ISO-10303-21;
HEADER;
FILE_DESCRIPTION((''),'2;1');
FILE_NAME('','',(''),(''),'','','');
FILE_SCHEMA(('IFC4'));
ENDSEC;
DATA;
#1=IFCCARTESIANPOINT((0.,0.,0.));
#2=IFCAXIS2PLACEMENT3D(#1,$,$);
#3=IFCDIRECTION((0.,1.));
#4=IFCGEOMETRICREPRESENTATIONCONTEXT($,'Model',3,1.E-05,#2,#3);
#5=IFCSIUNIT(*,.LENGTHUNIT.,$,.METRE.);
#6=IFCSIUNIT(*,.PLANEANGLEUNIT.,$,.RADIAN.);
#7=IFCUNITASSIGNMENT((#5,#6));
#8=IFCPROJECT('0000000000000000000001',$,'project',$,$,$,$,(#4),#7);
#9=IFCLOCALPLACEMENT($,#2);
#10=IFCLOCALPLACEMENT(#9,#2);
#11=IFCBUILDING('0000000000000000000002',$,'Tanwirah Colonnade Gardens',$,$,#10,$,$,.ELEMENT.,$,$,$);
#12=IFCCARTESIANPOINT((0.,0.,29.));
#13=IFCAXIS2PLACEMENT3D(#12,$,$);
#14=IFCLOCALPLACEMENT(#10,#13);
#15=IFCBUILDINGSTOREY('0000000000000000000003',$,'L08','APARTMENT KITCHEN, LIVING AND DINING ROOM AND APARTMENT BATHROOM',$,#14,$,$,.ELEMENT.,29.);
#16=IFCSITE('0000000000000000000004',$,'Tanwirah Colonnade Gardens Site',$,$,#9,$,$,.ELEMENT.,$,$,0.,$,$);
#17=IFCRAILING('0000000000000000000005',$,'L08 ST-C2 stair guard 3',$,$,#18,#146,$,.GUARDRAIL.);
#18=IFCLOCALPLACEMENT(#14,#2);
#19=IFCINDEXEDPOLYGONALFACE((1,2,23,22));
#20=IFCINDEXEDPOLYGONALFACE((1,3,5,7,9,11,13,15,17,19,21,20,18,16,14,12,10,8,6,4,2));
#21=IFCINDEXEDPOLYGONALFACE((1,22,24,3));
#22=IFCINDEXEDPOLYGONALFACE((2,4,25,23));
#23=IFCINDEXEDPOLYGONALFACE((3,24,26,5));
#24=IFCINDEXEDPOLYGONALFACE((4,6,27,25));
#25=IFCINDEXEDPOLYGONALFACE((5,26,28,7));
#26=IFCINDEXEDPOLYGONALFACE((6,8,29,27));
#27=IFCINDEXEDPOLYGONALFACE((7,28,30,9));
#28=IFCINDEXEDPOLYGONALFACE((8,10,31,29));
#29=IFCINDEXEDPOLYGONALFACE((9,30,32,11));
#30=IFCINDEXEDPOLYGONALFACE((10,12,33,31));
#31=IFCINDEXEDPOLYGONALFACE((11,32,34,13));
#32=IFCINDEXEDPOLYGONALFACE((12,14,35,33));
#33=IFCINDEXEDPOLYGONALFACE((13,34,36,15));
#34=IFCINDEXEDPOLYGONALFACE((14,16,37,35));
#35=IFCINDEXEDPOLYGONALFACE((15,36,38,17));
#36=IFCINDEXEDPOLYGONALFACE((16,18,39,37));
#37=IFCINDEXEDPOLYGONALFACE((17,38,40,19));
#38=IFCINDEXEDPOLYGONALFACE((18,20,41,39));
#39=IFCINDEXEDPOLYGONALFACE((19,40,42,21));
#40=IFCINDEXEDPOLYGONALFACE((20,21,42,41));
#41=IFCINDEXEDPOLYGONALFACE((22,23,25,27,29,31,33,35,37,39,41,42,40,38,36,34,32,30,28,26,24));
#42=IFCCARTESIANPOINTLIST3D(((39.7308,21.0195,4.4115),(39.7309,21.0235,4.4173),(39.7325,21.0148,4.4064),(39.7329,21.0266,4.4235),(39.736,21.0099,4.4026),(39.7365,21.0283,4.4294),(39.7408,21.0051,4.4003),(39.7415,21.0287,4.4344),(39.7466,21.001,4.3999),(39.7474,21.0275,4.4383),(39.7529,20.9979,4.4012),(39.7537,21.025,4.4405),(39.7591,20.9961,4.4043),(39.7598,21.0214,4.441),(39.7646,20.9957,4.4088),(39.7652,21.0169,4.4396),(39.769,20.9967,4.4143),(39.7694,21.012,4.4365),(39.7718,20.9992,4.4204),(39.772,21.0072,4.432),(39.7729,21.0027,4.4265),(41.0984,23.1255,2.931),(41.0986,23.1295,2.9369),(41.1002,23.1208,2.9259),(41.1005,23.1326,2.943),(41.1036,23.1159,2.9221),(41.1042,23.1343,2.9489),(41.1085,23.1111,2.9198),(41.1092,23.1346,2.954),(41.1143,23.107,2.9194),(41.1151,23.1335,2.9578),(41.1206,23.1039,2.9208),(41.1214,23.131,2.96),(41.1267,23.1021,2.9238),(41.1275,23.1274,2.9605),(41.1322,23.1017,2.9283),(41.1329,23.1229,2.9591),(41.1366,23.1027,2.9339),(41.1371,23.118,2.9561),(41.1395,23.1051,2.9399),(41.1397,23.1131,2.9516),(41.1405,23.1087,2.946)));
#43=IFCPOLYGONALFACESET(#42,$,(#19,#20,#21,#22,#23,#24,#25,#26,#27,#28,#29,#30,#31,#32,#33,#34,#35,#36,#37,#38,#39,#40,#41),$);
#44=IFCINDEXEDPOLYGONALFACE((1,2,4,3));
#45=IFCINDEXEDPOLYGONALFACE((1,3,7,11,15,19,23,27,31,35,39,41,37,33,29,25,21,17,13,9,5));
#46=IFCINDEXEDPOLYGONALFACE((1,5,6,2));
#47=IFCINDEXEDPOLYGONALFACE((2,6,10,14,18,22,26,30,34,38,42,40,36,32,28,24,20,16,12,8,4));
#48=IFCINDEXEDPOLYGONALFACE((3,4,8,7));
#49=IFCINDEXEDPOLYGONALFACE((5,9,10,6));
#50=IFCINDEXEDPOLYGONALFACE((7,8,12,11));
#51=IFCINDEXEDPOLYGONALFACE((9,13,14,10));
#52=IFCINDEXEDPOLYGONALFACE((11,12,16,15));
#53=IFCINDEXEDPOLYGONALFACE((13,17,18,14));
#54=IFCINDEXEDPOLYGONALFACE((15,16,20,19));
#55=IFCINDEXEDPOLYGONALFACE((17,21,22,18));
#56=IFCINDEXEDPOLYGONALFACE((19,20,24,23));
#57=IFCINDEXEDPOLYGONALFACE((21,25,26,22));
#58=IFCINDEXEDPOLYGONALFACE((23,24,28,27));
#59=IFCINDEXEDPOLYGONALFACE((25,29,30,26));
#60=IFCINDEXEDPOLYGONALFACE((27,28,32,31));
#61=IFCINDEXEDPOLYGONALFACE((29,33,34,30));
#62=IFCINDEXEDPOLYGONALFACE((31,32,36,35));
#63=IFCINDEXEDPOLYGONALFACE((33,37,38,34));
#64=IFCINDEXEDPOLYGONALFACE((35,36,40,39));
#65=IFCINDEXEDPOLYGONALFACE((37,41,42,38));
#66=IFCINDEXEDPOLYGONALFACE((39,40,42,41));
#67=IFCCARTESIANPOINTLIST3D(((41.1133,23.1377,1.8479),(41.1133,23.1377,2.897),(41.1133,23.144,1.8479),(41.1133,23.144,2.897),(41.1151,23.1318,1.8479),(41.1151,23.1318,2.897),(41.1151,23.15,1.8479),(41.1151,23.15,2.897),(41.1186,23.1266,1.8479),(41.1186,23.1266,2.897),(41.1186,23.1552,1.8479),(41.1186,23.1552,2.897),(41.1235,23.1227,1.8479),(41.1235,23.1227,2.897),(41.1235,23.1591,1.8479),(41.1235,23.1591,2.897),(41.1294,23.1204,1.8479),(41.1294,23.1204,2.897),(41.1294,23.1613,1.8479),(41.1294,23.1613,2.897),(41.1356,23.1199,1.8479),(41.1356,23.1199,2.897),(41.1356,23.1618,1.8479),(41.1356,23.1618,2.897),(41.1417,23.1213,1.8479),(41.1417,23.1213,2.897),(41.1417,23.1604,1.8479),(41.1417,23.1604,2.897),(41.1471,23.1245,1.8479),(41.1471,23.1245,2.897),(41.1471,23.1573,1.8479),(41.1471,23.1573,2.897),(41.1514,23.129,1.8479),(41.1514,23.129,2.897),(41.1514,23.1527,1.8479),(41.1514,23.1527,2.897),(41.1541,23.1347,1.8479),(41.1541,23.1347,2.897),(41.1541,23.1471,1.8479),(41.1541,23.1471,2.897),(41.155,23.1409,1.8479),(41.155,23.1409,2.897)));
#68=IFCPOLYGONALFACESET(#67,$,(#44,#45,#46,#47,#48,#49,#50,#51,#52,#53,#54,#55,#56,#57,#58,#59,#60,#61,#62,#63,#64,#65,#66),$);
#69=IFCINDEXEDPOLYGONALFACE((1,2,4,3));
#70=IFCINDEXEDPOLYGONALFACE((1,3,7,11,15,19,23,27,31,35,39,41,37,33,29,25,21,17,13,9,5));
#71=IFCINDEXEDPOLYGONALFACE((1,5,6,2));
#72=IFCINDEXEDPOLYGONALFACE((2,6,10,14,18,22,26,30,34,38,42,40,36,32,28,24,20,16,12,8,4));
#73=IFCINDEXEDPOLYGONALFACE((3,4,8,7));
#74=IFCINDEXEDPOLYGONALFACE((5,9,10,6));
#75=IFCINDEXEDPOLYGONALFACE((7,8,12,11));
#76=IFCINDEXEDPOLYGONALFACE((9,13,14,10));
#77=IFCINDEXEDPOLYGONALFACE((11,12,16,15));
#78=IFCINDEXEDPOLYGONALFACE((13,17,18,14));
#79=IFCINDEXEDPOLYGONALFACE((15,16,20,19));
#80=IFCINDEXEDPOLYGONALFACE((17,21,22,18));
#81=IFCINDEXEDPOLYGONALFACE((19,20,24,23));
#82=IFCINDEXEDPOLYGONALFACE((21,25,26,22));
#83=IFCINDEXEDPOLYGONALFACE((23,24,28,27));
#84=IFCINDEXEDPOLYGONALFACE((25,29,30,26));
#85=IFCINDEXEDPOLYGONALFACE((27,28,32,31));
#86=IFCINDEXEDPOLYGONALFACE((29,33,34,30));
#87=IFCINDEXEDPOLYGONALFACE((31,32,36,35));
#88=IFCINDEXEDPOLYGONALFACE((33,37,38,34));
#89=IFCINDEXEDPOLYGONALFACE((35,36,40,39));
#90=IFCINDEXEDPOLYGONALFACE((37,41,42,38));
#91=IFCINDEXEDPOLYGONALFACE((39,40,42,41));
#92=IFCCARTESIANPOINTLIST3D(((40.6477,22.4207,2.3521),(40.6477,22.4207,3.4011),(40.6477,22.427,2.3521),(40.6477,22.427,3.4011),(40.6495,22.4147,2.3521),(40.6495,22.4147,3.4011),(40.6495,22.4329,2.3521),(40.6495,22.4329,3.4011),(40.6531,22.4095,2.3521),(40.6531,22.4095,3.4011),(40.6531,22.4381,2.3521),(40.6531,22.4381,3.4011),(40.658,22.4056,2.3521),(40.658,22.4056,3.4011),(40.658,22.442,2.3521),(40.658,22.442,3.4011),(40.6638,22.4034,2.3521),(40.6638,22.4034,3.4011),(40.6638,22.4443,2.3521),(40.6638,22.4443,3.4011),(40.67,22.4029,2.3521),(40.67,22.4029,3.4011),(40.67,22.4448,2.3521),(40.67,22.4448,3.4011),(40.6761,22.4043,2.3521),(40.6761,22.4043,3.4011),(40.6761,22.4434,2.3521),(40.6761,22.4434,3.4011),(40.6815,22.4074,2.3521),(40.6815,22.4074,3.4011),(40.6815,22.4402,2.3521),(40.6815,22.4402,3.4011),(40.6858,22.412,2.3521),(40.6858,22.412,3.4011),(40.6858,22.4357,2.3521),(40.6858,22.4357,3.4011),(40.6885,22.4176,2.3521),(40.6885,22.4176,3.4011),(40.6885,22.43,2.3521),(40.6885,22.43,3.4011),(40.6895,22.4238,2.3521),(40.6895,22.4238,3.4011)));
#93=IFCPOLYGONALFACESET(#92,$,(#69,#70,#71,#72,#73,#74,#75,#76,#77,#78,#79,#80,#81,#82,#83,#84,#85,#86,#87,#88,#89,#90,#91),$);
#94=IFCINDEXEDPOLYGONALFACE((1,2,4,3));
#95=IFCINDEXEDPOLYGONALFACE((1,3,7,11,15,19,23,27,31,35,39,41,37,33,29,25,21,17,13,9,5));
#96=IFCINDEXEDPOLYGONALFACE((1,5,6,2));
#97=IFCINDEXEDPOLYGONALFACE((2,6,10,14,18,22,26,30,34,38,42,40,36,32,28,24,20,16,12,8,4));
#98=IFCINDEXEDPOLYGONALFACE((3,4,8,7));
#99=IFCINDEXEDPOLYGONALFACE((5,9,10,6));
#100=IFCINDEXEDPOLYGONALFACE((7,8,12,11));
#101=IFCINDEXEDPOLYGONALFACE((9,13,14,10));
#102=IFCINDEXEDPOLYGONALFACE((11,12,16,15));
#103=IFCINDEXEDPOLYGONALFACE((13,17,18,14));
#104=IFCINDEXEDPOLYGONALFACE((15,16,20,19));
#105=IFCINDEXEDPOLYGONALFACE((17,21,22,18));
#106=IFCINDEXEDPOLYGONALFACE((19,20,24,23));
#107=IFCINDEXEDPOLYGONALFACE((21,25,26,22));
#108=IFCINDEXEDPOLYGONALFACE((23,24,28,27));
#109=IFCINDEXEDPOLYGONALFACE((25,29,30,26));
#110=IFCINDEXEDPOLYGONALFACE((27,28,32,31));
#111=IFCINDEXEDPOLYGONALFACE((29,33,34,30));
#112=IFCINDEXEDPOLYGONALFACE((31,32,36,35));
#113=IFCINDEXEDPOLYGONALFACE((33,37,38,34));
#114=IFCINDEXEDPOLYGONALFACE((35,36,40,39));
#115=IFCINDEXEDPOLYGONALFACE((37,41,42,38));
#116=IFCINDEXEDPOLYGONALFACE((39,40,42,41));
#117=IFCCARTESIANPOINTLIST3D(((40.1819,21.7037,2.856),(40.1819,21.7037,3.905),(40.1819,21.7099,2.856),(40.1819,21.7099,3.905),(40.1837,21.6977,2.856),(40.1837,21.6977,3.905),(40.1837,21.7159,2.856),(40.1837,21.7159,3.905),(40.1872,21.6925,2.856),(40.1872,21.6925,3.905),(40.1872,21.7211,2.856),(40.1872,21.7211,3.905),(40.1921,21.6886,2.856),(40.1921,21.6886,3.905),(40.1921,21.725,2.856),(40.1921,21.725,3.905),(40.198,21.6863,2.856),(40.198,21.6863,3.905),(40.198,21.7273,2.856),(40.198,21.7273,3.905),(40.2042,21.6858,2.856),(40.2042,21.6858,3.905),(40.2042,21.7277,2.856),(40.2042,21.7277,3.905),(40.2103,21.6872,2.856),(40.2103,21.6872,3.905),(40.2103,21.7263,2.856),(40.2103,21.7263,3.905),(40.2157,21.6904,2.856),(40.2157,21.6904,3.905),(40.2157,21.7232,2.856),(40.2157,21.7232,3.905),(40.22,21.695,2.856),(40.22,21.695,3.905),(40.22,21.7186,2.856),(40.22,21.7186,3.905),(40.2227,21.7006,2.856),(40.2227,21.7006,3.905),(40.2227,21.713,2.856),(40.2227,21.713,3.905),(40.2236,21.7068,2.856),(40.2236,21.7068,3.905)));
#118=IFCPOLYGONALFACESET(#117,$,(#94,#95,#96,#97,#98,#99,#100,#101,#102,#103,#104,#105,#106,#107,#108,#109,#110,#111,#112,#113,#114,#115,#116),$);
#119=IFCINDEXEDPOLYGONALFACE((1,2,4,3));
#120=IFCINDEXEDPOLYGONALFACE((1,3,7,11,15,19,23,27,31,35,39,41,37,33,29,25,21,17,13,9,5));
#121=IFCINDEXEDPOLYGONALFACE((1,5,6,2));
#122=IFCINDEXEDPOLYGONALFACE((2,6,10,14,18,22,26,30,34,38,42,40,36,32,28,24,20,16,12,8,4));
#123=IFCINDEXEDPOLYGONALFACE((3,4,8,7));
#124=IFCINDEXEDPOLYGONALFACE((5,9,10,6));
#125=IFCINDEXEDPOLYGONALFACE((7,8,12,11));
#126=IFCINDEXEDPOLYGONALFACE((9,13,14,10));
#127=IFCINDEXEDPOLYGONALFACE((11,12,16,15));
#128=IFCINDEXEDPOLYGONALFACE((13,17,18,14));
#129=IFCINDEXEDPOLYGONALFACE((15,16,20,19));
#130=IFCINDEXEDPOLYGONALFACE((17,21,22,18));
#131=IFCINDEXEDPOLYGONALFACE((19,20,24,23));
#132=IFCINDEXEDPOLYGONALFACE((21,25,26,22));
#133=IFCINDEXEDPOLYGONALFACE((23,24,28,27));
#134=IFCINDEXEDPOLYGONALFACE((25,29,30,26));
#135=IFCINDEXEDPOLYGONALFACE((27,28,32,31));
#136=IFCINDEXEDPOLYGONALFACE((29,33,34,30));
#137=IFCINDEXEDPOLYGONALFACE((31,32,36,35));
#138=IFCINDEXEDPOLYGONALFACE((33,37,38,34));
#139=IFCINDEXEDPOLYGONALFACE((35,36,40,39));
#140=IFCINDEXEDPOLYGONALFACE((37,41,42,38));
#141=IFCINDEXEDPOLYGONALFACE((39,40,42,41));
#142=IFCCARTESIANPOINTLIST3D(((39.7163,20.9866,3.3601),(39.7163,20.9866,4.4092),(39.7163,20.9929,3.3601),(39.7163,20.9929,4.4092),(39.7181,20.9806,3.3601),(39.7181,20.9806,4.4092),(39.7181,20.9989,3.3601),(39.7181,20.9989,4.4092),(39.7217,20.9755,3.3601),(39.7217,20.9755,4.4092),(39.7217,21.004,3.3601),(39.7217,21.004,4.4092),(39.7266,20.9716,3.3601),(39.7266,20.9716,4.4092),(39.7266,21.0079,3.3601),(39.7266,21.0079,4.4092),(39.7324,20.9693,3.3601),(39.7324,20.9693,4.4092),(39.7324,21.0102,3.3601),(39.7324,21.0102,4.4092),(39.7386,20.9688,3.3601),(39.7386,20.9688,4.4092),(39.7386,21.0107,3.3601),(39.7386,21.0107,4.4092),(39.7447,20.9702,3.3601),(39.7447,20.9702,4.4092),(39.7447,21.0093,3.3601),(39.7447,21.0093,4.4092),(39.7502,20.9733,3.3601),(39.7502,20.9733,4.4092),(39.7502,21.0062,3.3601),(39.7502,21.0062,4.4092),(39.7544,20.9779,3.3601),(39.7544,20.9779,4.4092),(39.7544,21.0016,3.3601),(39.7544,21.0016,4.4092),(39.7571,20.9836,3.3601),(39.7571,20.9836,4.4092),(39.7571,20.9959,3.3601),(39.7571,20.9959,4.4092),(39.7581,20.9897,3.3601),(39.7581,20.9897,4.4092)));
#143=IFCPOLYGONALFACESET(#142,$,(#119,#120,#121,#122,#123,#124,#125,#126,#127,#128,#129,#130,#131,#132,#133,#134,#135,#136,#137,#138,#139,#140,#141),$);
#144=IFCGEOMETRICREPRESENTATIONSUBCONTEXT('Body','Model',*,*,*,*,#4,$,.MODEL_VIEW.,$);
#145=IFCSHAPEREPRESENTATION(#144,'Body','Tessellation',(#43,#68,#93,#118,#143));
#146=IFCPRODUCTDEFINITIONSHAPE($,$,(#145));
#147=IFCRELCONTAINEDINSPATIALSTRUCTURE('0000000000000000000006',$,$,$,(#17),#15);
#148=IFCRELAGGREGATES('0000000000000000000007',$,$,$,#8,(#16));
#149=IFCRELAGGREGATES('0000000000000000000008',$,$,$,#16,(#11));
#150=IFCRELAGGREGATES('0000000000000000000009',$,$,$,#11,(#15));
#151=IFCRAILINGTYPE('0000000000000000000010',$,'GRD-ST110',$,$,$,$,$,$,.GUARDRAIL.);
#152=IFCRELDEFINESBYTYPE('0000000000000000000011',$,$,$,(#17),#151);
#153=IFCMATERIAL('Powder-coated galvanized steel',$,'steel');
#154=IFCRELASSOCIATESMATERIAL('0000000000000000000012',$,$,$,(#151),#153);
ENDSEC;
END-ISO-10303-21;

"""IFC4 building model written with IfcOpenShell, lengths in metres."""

from ifc_helpers import new_model, si_unit, direction, frame, origin, origin_2d, place, context, subcontext, project, spatial, circle, extrude, material, type_object, element, save


model = new_model("IFC4")

# Units and contexts
model_context = context("Model", 3, precision=1e-05, world=origin(), true_north=direction((0.0, 1.0)))
body_context = subcontext(model_context, "Body", "Model", "MODEL_VIEW")
ifc_project = project(units=[si_unit("LENGTHUNIT", "METRE"), si_unit("PLANEANGLEUNIT", "RADIAN")], contexts=[model_context])

# Site, building, storey
site_placement = place(None, origin())
site = spatial("IfcSite", under=ifc_project, at=site_placement, Name="Tanwirah Colonnade Gardens Site", CompositionType="ELEMENT", RefElevation=0.0)
building_placement = place(site_placement, origin())
building = spatial("IfcBuilding", under=site, at=building_placement, Name="Tanwirah Colonnade Gardens", CompositionType="ELEMENT")
storey_placement = place(building_placement, frame((0.0, 0.0, 29.0)))
storey = spatial("IfcBuildingStorey", under=building, at=storey_placement, Name="L08", Description="APARTMENT KITCHEN, LIVING AND DINING ROOM AND APARTMENT BATHROOM", CompositionType="ELEMENT", Elevation=29.0)

# Railing
ifc_material_1 = material(Name="Powder-coated galvanized steel", Category="steel")
railing_type_1 = type_object("IfcRailingType", Name="GRD-ST110", PredefinedType="GUARDRAIL", material=ifc_material_1)
railing_1_placement = place(storey_placement, frame((41.134, 23.1409, 1.8479)))
element("IfcRailing", 1, at=railing_1_placement, inside=storey, type_object=railing_type_1, Name="L08 ST-C2 stair guard 3", PredefinedType="GUARDRAIL", context=body_context, shape_type="SweptSolid", body=[
    extrude(circle(Radius=0.0239, at=origin_2d()), frame((-0.0146, -0.0227, 1.092), z_axis=(-0.469173, -0.722454, 0.507874), x_axis=(0.838668, -0.544644, 0.0)), (0.0, 0.0, 1.0), 2.915),
    extrude(circle(Radius=0.021, at=origin_2d()), origin(), (0.0, 0.0, 1.0), 1.0491),
    extrude(circle(Radius=0.021, at=origin_2d()), frame((-0.4656, -0.717, 0.5042)), (0.0, 0.0, 1.0), 1.0491),
    extrude(circle(Radius=0.021, at=origin_2d()), frame((-0.9314, -1.4341, 1.0081)), (0.0, 0.0, 1.0), 1.0491),
    extrude(circle(Radius=0.021, at=origin_2d()), frame((-1.397, -2.1511, 1.5122)), (0.0, 0.0, 1.0), 1.0491),
])

save(model, "model.ifc")
